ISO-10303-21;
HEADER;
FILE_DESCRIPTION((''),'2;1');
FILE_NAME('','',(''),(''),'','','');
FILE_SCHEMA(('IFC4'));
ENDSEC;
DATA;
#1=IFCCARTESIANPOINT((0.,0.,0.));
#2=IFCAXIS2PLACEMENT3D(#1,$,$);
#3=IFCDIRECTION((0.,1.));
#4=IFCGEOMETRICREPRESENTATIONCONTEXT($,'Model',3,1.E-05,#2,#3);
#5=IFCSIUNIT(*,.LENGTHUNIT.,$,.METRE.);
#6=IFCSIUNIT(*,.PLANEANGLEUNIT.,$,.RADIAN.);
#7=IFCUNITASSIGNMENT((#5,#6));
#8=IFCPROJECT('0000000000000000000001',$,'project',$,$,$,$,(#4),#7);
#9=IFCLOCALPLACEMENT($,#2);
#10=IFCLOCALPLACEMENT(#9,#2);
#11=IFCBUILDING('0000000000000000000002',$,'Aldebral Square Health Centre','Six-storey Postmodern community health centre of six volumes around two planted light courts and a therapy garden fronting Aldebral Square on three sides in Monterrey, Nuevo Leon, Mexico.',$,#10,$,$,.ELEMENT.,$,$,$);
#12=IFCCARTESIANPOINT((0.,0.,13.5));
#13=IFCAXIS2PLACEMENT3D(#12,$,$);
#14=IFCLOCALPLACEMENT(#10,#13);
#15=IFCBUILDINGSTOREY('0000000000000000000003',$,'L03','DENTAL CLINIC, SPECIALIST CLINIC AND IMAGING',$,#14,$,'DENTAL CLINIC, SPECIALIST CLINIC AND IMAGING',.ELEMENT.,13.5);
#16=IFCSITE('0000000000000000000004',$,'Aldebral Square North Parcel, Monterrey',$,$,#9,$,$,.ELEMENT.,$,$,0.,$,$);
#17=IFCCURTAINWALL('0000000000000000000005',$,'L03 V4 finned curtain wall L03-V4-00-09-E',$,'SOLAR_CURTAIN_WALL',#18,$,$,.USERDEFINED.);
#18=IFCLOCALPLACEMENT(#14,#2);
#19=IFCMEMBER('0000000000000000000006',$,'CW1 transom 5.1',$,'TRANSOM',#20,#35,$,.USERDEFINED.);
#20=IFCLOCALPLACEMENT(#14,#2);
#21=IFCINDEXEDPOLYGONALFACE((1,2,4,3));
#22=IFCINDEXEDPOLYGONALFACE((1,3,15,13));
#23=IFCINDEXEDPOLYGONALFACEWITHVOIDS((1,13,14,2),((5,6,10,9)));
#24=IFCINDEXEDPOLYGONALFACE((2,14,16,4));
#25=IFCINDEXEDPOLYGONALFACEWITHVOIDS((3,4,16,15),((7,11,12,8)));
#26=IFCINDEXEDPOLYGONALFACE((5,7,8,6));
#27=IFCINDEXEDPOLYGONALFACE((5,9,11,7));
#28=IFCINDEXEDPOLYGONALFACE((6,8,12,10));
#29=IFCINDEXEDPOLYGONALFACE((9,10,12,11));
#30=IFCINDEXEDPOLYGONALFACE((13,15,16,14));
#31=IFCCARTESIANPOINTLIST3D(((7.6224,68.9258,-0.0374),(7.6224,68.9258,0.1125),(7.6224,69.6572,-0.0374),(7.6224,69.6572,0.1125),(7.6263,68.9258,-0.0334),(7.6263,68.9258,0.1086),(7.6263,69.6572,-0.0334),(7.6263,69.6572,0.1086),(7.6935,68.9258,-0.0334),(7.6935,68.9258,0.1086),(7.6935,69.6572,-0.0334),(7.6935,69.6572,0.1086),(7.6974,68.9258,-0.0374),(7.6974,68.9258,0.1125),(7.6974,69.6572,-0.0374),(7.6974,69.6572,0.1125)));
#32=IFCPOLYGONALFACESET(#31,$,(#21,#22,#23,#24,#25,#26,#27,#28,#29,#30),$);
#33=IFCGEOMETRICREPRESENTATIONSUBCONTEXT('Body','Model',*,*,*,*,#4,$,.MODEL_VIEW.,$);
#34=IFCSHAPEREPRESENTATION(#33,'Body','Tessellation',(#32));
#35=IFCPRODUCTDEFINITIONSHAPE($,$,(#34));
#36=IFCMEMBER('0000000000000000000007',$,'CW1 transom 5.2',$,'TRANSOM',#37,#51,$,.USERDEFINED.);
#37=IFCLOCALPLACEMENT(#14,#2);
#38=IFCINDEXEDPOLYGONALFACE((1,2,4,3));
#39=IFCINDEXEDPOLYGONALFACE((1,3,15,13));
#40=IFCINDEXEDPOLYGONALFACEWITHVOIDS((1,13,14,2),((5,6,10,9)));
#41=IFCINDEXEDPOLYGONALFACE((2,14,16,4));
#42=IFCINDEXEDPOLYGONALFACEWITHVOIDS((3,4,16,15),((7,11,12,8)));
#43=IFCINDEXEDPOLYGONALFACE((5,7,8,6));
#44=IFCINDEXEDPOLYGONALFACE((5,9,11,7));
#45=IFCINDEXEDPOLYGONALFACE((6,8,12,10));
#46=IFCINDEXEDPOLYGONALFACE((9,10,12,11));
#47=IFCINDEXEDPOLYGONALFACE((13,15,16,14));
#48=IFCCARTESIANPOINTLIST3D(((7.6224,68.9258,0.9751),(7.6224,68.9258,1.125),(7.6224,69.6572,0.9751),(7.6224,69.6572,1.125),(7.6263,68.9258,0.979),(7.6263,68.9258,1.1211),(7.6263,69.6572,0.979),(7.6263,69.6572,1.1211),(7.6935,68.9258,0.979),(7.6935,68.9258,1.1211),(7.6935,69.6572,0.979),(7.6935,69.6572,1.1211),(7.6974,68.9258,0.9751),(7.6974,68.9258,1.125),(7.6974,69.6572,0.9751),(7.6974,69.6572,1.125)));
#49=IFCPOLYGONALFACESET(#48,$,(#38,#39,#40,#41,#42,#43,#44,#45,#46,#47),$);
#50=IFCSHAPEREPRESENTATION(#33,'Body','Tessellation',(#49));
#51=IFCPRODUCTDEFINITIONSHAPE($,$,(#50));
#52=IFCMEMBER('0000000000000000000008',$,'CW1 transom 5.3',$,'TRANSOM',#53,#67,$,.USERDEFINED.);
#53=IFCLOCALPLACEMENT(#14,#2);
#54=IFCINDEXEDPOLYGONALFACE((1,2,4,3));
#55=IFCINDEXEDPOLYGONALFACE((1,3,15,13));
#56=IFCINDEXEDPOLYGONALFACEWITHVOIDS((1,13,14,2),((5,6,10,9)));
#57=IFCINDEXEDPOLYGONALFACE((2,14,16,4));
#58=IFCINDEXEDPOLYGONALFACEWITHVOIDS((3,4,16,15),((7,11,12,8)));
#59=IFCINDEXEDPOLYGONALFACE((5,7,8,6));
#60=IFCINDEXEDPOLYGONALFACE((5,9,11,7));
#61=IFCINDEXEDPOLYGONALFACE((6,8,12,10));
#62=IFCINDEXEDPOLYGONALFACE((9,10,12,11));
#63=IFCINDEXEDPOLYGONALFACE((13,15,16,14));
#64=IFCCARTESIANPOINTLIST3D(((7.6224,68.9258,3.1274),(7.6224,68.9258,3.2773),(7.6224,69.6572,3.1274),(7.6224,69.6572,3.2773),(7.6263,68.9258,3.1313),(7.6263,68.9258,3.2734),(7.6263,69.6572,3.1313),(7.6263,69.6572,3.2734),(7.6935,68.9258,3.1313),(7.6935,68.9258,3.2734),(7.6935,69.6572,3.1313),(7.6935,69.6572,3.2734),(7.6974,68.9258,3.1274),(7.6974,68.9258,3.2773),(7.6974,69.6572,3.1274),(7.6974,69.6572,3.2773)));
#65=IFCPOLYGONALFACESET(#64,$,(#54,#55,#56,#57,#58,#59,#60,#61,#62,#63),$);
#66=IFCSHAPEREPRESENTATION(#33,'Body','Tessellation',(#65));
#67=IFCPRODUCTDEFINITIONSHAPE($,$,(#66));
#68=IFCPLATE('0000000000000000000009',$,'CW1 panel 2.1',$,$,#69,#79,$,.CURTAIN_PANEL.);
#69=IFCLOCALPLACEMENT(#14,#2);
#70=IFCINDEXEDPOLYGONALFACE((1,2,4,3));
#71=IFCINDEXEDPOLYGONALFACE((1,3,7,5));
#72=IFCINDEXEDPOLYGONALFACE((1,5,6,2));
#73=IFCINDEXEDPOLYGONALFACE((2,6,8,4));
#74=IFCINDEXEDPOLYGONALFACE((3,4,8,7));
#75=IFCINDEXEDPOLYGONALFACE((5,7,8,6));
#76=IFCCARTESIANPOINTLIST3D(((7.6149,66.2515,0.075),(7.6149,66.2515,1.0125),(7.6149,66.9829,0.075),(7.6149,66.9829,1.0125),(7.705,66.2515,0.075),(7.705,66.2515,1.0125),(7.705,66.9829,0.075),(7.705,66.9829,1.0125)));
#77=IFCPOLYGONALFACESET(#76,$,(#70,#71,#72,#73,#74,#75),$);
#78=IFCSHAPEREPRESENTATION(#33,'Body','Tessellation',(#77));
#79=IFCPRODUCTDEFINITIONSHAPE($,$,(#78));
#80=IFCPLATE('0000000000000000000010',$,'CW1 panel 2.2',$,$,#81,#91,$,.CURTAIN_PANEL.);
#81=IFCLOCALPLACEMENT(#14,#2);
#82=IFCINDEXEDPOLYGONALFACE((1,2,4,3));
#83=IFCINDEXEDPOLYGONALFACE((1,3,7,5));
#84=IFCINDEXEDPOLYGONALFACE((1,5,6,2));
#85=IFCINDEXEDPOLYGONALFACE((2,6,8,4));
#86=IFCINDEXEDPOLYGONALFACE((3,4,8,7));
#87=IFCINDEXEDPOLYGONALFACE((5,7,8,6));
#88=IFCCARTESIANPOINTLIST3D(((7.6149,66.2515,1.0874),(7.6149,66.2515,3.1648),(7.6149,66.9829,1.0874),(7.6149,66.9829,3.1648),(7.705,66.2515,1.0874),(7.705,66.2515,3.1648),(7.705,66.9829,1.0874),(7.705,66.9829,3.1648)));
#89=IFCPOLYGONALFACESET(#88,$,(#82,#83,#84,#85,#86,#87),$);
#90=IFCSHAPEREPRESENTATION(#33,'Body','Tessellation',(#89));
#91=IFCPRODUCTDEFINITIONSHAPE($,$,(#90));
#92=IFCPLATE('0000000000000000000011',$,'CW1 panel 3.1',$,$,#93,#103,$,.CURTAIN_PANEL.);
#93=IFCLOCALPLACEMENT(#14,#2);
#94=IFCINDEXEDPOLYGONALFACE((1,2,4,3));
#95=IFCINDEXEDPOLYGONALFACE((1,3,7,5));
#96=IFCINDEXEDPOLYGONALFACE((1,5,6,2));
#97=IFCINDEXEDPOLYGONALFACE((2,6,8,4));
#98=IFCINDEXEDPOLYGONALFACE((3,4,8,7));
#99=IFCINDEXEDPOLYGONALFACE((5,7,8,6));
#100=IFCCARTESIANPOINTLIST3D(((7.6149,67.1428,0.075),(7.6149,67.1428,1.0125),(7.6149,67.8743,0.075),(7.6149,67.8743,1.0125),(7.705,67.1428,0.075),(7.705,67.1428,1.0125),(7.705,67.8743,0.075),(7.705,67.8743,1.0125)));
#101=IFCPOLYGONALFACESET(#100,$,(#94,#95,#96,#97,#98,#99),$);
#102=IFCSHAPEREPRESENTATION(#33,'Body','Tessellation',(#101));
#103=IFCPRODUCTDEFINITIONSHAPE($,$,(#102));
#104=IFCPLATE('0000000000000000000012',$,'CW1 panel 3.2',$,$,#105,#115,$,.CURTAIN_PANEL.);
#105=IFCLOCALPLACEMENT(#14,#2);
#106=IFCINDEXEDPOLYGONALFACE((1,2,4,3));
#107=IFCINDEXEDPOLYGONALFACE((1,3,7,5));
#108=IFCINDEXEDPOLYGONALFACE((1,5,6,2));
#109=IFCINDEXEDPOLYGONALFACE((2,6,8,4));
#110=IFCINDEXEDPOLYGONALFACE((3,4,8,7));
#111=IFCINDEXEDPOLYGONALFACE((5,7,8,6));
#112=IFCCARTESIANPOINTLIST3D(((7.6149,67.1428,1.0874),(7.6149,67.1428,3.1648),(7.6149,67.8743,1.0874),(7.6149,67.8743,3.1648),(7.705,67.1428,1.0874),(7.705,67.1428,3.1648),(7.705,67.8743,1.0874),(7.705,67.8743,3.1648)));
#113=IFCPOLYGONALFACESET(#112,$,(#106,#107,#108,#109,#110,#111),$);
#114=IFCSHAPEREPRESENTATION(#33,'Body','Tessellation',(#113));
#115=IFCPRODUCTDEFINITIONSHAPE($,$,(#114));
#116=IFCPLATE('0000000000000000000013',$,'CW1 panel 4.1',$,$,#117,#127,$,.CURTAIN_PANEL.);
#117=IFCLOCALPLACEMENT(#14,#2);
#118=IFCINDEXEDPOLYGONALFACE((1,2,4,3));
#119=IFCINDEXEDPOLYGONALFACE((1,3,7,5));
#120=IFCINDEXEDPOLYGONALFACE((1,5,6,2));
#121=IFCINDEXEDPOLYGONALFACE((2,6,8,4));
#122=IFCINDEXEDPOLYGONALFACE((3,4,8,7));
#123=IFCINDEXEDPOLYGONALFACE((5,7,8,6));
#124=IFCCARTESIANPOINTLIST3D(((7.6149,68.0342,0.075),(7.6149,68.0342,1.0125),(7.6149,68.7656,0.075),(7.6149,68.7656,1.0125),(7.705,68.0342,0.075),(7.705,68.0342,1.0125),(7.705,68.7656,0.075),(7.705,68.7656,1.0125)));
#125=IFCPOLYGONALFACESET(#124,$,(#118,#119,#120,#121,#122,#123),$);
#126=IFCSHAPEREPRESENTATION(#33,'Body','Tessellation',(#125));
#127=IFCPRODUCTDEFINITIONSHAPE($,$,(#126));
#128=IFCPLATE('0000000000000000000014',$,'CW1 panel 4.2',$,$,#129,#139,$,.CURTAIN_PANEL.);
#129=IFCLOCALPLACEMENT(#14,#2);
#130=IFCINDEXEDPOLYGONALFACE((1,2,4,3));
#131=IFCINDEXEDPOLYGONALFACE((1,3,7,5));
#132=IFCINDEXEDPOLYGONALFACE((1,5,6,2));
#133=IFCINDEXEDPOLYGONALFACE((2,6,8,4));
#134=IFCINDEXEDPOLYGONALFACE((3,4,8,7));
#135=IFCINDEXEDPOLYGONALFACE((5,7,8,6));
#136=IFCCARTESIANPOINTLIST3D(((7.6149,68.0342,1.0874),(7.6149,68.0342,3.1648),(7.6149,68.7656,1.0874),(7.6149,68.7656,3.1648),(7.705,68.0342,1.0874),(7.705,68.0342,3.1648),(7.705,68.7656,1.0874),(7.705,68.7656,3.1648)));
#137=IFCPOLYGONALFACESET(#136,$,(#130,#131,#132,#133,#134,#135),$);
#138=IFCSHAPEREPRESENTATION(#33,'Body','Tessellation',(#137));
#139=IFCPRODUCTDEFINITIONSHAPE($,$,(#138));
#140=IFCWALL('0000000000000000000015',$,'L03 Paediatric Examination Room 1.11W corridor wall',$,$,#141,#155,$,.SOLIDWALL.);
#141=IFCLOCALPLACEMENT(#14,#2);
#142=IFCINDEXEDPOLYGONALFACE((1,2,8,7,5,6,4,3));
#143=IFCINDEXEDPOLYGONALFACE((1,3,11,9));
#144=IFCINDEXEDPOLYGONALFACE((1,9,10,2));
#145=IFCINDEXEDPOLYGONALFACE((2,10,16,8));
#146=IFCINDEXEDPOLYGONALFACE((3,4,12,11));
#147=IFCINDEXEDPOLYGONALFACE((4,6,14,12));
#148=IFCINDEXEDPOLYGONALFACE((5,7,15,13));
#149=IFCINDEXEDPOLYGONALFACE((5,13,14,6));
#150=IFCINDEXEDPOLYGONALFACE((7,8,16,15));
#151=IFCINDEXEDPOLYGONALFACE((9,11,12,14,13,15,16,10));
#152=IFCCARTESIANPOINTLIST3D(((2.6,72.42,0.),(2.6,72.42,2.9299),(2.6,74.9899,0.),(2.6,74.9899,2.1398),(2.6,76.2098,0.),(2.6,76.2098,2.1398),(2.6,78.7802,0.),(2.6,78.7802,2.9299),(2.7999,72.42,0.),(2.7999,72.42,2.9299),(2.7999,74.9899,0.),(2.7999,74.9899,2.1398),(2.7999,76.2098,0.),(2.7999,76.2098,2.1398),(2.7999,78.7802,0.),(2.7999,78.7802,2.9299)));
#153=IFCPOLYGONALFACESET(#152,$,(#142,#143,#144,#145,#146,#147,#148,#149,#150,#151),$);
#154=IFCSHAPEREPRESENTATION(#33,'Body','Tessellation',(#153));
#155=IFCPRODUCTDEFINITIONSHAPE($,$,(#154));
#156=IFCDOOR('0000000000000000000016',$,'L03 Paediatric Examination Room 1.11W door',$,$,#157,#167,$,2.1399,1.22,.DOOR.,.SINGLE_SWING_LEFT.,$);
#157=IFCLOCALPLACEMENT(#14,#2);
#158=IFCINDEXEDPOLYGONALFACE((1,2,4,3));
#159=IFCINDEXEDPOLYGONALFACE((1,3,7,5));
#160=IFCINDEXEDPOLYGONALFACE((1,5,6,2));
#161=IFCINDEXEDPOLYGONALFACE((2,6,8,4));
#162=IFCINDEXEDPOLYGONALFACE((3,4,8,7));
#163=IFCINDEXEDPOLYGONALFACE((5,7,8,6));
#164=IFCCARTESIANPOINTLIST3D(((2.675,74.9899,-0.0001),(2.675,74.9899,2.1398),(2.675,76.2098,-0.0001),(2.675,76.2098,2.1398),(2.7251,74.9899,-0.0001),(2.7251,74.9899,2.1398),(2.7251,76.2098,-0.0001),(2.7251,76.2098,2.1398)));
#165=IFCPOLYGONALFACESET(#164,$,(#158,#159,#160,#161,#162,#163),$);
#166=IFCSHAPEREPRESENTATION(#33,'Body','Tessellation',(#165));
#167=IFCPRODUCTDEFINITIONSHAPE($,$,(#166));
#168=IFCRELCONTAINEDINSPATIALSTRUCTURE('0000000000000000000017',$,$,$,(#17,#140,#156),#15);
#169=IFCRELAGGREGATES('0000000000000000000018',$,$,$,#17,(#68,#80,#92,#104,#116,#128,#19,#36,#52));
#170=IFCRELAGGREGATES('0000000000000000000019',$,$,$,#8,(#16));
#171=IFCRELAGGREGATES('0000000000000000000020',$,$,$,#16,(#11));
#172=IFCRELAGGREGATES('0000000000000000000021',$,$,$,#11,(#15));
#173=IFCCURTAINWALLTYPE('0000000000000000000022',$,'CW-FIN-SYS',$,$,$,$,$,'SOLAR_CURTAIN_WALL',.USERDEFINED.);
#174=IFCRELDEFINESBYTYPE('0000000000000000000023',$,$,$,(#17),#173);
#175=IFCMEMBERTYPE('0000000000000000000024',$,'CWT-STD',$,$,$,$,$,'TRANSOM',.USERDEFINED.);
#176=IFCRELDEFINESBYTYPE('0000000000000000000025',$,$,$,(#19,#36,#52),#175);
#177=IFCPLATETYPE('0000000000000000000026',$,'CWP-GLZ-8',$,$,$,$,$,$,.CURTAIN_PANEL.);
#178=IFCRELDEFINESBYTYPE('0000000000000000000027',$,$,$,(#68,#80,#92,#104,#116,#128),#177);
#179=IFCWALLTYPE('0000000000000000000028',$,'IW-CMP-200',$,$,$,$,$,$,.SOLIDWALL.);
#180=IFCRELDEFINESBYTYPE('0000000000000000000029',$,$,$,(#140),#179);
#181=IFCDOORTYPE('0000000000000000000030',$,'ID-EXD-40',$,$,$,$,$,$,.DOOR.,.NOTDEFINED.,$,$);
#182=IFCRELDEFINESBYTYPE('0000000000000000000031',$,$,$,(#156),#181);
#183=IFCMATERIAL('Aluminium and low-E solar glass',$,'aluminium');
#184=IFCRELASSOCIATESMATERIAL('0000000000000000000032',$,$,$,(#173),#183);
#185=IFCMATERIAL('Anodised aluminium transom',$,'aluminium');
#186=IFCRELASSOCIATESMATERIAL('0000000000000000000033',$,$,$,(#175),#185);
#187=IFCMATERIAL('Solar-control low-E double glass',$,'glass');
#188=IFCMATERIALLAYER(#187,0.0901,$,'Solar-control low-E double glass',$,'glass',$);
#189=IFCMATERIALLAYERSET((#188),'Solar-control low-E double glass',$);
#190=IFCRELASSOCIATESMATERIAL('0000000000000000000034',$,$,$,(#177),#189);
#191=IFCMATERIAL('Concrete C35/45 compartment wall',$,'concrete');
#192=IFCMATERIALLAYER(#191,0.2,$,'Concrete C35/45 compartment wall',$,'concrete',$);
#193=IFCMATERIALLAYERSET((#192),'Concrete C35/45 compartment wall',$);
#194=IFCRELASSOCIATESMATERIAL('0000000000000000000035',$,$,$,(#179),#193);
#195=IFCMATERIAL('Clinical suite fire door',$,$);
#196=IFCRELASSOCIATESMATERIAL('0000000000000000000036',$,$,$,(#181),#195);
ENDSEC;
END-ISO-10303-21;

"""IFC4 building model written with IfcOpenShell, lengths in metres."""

from ifc_helpers import new_model, si_unit, direction, frame, frame_2d, origin, origin_2d, place, context, subcontext, project, spatial, rectangle, hollow_rectangle, extrude, material, layer, layer_set, material_profile, profile_set, type_object, element, fill, aggregate, save


model = new_model("IFC4")

# Units and contexts
model_context = context("Model", 3, precision=1e-05, world=origin(), true_north=direction((0.0, 1.0)))
body_context = subcontext(model_context, "Body", "Model", "MODEL_VIEW")
ifc_project = project(units=[si_unit("LENGTHUNIT", "METRE"), si_unit("PLANEANGLEUNIT", "RADIAN")], contexts=[model_context])

# Site, building, storey
site_placement = place(None, origin())
site = spatial("IfcSite", under=ifc_project, at=site_placement, Name="Aldebral Square North Parcel, Monterrey", CompositionType="ELEMENT", RefElevation=0.0)
building_placement = place(site_placement, origin())
building = spatial("IfcBuilding", under=site, at=building_placement, Name="Aldebral Square Health Centre", Description="Six-storey Postmodern community health centre of six volumes around two planted light courts and a therapy garden fronting Aldebral Square on three sides in Monterrey, Nuevo Leon, Mexico.", CompositionType="ELEMENT")
storey_placement = place(building_placement, frame((0.0, 0.0, 13.5)))
storey = spatial("IfcBuildingStorey", under=building, at=storey_placement, Name="L03", Description="DENTAL CLINIC, SPECIALIST CLINIC AND IMAGING", LongName="DENTAL CLINIC, SPECIALIST CLINIC AND IMAGING", CompositionType="ELEMENT", Elevation=13.5)

# Curtain wall, members, plates
ifc_material_1 = material(Name="Aluminium and low-E solar glass", Category="aluminium")
curtain_wall_type = type_object("IfcCurtainWallType", Name="CW-FIN-SYS", ElementType="SOLAR_CURTAIN_WALL", PredefinedType="USERDEFINED", material=ifc_material_1)
curtain_wall_placement = place(storey_placement, origin())
curtain_wall = element("IfcCurtainWall", 1, at=curtain_wall_placement, inside=storey, type_object=curtain_wall_type, Name="L03 V4 finned curtain wall L03-V4-00-09-E", ObjectType="SOLAR_CURTAIN_WALL", PredefinedType="USERDEFINED")
ifc_material_2 = material(Name="Anodised aluminium transom", Category="aluminium")
ifc_material_profile_1 = material_profile(ifc_material_2, hollow_rectangle(XDim=0.075, YDim=0.1499, WallThickness=0.0039, at=origin_2d()), Name="CWT 75x150x4")
ifc_profile_set_1 = profile_set([ifc_material_profile_1], Name="Anodised aluminium transom")
member_type_1 = type_object("IfcMemberType", Name="CWT-STD", ElementType="TRANSOM", PredefinedType="USERDEFINED", material=ifc_profile_set_1)
member_1_placement = place(storey_placement, frame((7.6599, 68.9258, 0.0376), z_axis=(0.0, 1.0, 0.0), x_axis=(-1.0, 0.0, 0.0)))
member_1 = element("IfcMember", 2, at=member_1_placement, type_object=member_type_1, Name="CW1 transom 5.1", ObjectType="TRANSOM", PredefinedType="USERDEFINED", context=body_context, shape_type="SweptSolid", body=[
    extrude(hollow_rectangle(XDim=0.075, YDim=0.1499, WallThickness=0.0039, at=origin_2d()), origin(), (0.0, 0.0, 1.0), 0.7314),
])
member_2_placement = place(storey_placement, frame((7.6599, 68.9258, 1.05), z_axis=(0.0, 1.0, 0.0), x_axis=(-1.0, 0.0, 0.0)))
member_2 = element("IfcMember", 3, at=member_2_placement, type_object=member_type_1, Name="CW1 transom 5.2", ObjectType="TRANSOM", PredefinedType="USERDEFINED", context=body_context, shape_type="SweptSolid", body=[
    extrude(hollow_rectangle(XDim=0.075, YDim=0.1499, WallThickness=0.0039, at=origin_2d()), origin(), (0.0, 0.0, 1.0), 0.7314),
])
member_3_placement = place(storey_placement, frame((7.6599, 68.9258, 3.2024), z_axis=(0.0, 1.0, 0.0), x_axis=(-1.0, 0.0, 0.0)))
member_3 = element("IfcMember", 4, at=member_3_placement, type_object=member_type_1, Name="CW1 transom 5.3", ObjectType="TRANSOM", PredefinedType="USERDEFINED", context=body_context, shape_type="SweptSolid", body=[
    extrude(hollow_rectangle(XDim=0.075, YDim=0.1499, WallThickness=0.0039, at=origin_2d()), origin(), (0.0, 0.0, 1.0), 0.7314),
])
ifc_material_3 = material(Name="Solar-control low-E double glass", Category="glass")
ifc_layer_1 = layer(ifc_material_3, 0.0901, Name="Solar-control low-E double glass", Category="glass")
ifc_layer_set_1 = layer_set([ifc_layer_1], Name="Solar-control low-E double glass")
plate_type = type_object("IfcPlateType", Name="CWP-GLZ-8", PredefinedType="CURTAIN_PANEL", material=ifc_layer_set_1)
plate_1_placement = place(storey_placement, frame((7.6599, 66.6172, 0.075), z_axis=(0.0, 0.0, 1.0), x_axis=(0.0, 1.0, 0.0)))
plate_1 = element("IfcPlate", 5, at=plate_1_placement, type_object=plate_type, Name="CW1 panel 2.1", PredefinedType="CURTAIN_PANEL", context=body_context, shape_type="SweptSolid", body=[
    extrude(rectangle(XDim=0.7314, YDim=0.0901, at=origin_2d()), origin(), (0.0, 0.0, 1.0), 0.9375),
])
plate_2_placement = place(storey_placement, frame((7.6599, 66.6172, 1.0874), z_axis=(0.0, 0.0, 1.0), x_axis=(0.0, 1.0, 0.0)))
plate_2 = element("IfcPlate", 6, at=plate_2_placement, type_object=plate_type, Name="CW1 panel 2.2", PredefinedType="CURTAIN_PANEL", context=body_context, shape_type="SweptSolid", body=[
    extrude(rectangle(XDim=0.7314, YDim=0.0901, at=origin_2d()), origin(), (0.0, 0.0, 1.0), 2.0774),
])
plate_3_placement = place(storey_placement, frame((7.6599, 67.5085, 0.075), z_axis=(0.0, 0.0, 1.0), x_axis=(0.0, 1.0, 0.0)))
plate_3 = element("IfcPlate", 7, at=plate_3_placement, type_object=plate_type, Name="CW1 panel 3.1", PredefinedType="CURTAIN_PANEL", context=body_context, shape_type="SweptSolid", body=[
    extrude(rectangle(XDim=0.7314, YDim=0.0901, at=origin_2d()), origin(), (0.0, 0.0, 1.0), 0.9375),
])
plate_4_placement = place(storey_placement, frame((7.6599, 67.5085, 1.0874), z_axis=(0.0, 0.0, 1.0), x_axis=(0.0, 1.0, 0.0)))
plate_4 = element("IfcPlate", 8, at=plate_4_placement, type_object=plate_type, Name="CW1 panel 3.2", PredefinedType="CURTAIN_PANEL", context=body_context, shape_type="SweptSolid", body=[
    extrude(rectangle(XDim=0.7314, YDim=0.0901, at=origin_2d()), origin(), (0.0, 0.0, 1.0), 2.0774),
])
plate_5_placement = place(storey_placement, frame((7.6599, 68.3999, 0.075), z_axis=(0.0, 0.0, 1.0), x_axis=(0.0, 1.0, 0.0)))
plate_5 = element("IfcPlate", 9, at=plate_5_placement, type_object=plate_type, Name="CW1 panel 4.1", PredefinedType="CURTAIN_PANEL", context=body_context, shape_type="SweptSolid", body=[
    extrude(rectangle(XDim=0.7314, YDim=0.0901, at=origin_2d()), origin(), (0.0, 0.0, 1.0), 0.9375),
])
plate_6_placement = place(storey_placement, frame((7.6599, 68.3999, 1.0874), z_axis=(0.0, 0.0, 1.0), x_axis=(0.0, 1.0, 0.0)))
plate_6 = element("IfcPlate", 10, at=plate_6_placement, type_object=plate_type, Name="CW1 panel 4.2", PredefinedType="CURTAIN_PANEL", context=body_context, shape_type="SweptSolid", body=[
    extrude(rectangle(XDim=0.7314, YDim=0.0901, at=origin_2d()), origin(), (0.0, 0.0, 1.0), 2.0774),
])
aggregate(curtain_wall, [plate_1, plate_2, plate_3, plate_4, plate_5, plate_6, member_1, member_2, member_3])

# Wall, opening, door
ifc_material_4 = material(Name="Concrete C35/45 compartment wall", Category="concrete")
ifc_layer_2 = layer(ifc_material_4, 0.2, Name="Concrete C35/45 compartment wall", Category="concrete")
ifc_layer_set_2 = layer_set([ifc_layer_2], Name="Concrete C35/45 compartment wall")
wall_type_1 = type_object("IfcWallType", Name="IW-CMP-200", PredefinedType="SOLIDWALL", material=ifc_layer_set_2)
wall_1_placement = place(storey_placement, frame((2.7, 72.4199, 0.0), z_axis=(0.0, 0.0, 1.0), x_axis=(0.0, 1.0, 0.0)))
wall_1 = element("IfcWall", 11, at=wall_1_placement, inside=storey, type_object=wall_type_1, Name="L03 Paediatric Examination Room 1.11W corridor wall", PredefinedType="SOLIDWALL", context=body_context, shape_type="SweptSolid", body=[
    extrude(rectangle(XDim=6.3601, YDim=0.2, at=frame_2d((3.1802, 0.0))), origin(), (0.0, 0.0, 1.0), 2.9299),
])
opening_1_placement = place(wall_1_placement, frame((2.5701, 0.0, 0.0)))
opening_1 = element("IfcOpeningElement", 12, at=opening_1_placement, cuts=wall_1, PredefinedType="OPENING", context=body_context, shape_type="SweptSolid", body=[
    extrude(rectangle(XDim=1.22, YDim=2.1399, at=frame_2d((0.6099, 1.0698))), frame((0.0, 0.1099, 0.0), z_axis=(0.0, -1.0, 0.0), x_axis=(1.0, 0.0, 0.0)), (0.0, 0.0, 1.0), 0.22),
])
ifc_material_5 = material(Name="Clinical suite fire door")
door_type_1 = type_object("IfcDoorType", Name="ID-EXD-40", OperationType="NOTDEFINED", PredefinedType="DOOR", material=ifc_material_5)
door_1_placement = place(opening_1_placement, origin())
door_1 = element("IfcDoor", 13, at=door_1_placement, inside=storey, type_object=door_type_1, Name="L03 Paediatric Examination Room 1.11W door", OperationType="SINGLE_SWING_LEFT", OverallHeight=2.1399, OverallWidth=1.22, PredefinedType="DOOR", context=body_context, shape_type="SweptSolid", body=[
    extrude(rectangle(XDim=1.22, YDim=2.1399, at=frame_2d((0.6099, 1.0698))), frame((0.0, 0.0249, 0.0), z_axis=(0.0, -1.0, 0.0), x_axis=(1.0, 0.0, 0.0)), (0.0, 0.0, 1.0), 0.05),
])
fill(opening_1, door_1)

save(model, "model.ifc")
